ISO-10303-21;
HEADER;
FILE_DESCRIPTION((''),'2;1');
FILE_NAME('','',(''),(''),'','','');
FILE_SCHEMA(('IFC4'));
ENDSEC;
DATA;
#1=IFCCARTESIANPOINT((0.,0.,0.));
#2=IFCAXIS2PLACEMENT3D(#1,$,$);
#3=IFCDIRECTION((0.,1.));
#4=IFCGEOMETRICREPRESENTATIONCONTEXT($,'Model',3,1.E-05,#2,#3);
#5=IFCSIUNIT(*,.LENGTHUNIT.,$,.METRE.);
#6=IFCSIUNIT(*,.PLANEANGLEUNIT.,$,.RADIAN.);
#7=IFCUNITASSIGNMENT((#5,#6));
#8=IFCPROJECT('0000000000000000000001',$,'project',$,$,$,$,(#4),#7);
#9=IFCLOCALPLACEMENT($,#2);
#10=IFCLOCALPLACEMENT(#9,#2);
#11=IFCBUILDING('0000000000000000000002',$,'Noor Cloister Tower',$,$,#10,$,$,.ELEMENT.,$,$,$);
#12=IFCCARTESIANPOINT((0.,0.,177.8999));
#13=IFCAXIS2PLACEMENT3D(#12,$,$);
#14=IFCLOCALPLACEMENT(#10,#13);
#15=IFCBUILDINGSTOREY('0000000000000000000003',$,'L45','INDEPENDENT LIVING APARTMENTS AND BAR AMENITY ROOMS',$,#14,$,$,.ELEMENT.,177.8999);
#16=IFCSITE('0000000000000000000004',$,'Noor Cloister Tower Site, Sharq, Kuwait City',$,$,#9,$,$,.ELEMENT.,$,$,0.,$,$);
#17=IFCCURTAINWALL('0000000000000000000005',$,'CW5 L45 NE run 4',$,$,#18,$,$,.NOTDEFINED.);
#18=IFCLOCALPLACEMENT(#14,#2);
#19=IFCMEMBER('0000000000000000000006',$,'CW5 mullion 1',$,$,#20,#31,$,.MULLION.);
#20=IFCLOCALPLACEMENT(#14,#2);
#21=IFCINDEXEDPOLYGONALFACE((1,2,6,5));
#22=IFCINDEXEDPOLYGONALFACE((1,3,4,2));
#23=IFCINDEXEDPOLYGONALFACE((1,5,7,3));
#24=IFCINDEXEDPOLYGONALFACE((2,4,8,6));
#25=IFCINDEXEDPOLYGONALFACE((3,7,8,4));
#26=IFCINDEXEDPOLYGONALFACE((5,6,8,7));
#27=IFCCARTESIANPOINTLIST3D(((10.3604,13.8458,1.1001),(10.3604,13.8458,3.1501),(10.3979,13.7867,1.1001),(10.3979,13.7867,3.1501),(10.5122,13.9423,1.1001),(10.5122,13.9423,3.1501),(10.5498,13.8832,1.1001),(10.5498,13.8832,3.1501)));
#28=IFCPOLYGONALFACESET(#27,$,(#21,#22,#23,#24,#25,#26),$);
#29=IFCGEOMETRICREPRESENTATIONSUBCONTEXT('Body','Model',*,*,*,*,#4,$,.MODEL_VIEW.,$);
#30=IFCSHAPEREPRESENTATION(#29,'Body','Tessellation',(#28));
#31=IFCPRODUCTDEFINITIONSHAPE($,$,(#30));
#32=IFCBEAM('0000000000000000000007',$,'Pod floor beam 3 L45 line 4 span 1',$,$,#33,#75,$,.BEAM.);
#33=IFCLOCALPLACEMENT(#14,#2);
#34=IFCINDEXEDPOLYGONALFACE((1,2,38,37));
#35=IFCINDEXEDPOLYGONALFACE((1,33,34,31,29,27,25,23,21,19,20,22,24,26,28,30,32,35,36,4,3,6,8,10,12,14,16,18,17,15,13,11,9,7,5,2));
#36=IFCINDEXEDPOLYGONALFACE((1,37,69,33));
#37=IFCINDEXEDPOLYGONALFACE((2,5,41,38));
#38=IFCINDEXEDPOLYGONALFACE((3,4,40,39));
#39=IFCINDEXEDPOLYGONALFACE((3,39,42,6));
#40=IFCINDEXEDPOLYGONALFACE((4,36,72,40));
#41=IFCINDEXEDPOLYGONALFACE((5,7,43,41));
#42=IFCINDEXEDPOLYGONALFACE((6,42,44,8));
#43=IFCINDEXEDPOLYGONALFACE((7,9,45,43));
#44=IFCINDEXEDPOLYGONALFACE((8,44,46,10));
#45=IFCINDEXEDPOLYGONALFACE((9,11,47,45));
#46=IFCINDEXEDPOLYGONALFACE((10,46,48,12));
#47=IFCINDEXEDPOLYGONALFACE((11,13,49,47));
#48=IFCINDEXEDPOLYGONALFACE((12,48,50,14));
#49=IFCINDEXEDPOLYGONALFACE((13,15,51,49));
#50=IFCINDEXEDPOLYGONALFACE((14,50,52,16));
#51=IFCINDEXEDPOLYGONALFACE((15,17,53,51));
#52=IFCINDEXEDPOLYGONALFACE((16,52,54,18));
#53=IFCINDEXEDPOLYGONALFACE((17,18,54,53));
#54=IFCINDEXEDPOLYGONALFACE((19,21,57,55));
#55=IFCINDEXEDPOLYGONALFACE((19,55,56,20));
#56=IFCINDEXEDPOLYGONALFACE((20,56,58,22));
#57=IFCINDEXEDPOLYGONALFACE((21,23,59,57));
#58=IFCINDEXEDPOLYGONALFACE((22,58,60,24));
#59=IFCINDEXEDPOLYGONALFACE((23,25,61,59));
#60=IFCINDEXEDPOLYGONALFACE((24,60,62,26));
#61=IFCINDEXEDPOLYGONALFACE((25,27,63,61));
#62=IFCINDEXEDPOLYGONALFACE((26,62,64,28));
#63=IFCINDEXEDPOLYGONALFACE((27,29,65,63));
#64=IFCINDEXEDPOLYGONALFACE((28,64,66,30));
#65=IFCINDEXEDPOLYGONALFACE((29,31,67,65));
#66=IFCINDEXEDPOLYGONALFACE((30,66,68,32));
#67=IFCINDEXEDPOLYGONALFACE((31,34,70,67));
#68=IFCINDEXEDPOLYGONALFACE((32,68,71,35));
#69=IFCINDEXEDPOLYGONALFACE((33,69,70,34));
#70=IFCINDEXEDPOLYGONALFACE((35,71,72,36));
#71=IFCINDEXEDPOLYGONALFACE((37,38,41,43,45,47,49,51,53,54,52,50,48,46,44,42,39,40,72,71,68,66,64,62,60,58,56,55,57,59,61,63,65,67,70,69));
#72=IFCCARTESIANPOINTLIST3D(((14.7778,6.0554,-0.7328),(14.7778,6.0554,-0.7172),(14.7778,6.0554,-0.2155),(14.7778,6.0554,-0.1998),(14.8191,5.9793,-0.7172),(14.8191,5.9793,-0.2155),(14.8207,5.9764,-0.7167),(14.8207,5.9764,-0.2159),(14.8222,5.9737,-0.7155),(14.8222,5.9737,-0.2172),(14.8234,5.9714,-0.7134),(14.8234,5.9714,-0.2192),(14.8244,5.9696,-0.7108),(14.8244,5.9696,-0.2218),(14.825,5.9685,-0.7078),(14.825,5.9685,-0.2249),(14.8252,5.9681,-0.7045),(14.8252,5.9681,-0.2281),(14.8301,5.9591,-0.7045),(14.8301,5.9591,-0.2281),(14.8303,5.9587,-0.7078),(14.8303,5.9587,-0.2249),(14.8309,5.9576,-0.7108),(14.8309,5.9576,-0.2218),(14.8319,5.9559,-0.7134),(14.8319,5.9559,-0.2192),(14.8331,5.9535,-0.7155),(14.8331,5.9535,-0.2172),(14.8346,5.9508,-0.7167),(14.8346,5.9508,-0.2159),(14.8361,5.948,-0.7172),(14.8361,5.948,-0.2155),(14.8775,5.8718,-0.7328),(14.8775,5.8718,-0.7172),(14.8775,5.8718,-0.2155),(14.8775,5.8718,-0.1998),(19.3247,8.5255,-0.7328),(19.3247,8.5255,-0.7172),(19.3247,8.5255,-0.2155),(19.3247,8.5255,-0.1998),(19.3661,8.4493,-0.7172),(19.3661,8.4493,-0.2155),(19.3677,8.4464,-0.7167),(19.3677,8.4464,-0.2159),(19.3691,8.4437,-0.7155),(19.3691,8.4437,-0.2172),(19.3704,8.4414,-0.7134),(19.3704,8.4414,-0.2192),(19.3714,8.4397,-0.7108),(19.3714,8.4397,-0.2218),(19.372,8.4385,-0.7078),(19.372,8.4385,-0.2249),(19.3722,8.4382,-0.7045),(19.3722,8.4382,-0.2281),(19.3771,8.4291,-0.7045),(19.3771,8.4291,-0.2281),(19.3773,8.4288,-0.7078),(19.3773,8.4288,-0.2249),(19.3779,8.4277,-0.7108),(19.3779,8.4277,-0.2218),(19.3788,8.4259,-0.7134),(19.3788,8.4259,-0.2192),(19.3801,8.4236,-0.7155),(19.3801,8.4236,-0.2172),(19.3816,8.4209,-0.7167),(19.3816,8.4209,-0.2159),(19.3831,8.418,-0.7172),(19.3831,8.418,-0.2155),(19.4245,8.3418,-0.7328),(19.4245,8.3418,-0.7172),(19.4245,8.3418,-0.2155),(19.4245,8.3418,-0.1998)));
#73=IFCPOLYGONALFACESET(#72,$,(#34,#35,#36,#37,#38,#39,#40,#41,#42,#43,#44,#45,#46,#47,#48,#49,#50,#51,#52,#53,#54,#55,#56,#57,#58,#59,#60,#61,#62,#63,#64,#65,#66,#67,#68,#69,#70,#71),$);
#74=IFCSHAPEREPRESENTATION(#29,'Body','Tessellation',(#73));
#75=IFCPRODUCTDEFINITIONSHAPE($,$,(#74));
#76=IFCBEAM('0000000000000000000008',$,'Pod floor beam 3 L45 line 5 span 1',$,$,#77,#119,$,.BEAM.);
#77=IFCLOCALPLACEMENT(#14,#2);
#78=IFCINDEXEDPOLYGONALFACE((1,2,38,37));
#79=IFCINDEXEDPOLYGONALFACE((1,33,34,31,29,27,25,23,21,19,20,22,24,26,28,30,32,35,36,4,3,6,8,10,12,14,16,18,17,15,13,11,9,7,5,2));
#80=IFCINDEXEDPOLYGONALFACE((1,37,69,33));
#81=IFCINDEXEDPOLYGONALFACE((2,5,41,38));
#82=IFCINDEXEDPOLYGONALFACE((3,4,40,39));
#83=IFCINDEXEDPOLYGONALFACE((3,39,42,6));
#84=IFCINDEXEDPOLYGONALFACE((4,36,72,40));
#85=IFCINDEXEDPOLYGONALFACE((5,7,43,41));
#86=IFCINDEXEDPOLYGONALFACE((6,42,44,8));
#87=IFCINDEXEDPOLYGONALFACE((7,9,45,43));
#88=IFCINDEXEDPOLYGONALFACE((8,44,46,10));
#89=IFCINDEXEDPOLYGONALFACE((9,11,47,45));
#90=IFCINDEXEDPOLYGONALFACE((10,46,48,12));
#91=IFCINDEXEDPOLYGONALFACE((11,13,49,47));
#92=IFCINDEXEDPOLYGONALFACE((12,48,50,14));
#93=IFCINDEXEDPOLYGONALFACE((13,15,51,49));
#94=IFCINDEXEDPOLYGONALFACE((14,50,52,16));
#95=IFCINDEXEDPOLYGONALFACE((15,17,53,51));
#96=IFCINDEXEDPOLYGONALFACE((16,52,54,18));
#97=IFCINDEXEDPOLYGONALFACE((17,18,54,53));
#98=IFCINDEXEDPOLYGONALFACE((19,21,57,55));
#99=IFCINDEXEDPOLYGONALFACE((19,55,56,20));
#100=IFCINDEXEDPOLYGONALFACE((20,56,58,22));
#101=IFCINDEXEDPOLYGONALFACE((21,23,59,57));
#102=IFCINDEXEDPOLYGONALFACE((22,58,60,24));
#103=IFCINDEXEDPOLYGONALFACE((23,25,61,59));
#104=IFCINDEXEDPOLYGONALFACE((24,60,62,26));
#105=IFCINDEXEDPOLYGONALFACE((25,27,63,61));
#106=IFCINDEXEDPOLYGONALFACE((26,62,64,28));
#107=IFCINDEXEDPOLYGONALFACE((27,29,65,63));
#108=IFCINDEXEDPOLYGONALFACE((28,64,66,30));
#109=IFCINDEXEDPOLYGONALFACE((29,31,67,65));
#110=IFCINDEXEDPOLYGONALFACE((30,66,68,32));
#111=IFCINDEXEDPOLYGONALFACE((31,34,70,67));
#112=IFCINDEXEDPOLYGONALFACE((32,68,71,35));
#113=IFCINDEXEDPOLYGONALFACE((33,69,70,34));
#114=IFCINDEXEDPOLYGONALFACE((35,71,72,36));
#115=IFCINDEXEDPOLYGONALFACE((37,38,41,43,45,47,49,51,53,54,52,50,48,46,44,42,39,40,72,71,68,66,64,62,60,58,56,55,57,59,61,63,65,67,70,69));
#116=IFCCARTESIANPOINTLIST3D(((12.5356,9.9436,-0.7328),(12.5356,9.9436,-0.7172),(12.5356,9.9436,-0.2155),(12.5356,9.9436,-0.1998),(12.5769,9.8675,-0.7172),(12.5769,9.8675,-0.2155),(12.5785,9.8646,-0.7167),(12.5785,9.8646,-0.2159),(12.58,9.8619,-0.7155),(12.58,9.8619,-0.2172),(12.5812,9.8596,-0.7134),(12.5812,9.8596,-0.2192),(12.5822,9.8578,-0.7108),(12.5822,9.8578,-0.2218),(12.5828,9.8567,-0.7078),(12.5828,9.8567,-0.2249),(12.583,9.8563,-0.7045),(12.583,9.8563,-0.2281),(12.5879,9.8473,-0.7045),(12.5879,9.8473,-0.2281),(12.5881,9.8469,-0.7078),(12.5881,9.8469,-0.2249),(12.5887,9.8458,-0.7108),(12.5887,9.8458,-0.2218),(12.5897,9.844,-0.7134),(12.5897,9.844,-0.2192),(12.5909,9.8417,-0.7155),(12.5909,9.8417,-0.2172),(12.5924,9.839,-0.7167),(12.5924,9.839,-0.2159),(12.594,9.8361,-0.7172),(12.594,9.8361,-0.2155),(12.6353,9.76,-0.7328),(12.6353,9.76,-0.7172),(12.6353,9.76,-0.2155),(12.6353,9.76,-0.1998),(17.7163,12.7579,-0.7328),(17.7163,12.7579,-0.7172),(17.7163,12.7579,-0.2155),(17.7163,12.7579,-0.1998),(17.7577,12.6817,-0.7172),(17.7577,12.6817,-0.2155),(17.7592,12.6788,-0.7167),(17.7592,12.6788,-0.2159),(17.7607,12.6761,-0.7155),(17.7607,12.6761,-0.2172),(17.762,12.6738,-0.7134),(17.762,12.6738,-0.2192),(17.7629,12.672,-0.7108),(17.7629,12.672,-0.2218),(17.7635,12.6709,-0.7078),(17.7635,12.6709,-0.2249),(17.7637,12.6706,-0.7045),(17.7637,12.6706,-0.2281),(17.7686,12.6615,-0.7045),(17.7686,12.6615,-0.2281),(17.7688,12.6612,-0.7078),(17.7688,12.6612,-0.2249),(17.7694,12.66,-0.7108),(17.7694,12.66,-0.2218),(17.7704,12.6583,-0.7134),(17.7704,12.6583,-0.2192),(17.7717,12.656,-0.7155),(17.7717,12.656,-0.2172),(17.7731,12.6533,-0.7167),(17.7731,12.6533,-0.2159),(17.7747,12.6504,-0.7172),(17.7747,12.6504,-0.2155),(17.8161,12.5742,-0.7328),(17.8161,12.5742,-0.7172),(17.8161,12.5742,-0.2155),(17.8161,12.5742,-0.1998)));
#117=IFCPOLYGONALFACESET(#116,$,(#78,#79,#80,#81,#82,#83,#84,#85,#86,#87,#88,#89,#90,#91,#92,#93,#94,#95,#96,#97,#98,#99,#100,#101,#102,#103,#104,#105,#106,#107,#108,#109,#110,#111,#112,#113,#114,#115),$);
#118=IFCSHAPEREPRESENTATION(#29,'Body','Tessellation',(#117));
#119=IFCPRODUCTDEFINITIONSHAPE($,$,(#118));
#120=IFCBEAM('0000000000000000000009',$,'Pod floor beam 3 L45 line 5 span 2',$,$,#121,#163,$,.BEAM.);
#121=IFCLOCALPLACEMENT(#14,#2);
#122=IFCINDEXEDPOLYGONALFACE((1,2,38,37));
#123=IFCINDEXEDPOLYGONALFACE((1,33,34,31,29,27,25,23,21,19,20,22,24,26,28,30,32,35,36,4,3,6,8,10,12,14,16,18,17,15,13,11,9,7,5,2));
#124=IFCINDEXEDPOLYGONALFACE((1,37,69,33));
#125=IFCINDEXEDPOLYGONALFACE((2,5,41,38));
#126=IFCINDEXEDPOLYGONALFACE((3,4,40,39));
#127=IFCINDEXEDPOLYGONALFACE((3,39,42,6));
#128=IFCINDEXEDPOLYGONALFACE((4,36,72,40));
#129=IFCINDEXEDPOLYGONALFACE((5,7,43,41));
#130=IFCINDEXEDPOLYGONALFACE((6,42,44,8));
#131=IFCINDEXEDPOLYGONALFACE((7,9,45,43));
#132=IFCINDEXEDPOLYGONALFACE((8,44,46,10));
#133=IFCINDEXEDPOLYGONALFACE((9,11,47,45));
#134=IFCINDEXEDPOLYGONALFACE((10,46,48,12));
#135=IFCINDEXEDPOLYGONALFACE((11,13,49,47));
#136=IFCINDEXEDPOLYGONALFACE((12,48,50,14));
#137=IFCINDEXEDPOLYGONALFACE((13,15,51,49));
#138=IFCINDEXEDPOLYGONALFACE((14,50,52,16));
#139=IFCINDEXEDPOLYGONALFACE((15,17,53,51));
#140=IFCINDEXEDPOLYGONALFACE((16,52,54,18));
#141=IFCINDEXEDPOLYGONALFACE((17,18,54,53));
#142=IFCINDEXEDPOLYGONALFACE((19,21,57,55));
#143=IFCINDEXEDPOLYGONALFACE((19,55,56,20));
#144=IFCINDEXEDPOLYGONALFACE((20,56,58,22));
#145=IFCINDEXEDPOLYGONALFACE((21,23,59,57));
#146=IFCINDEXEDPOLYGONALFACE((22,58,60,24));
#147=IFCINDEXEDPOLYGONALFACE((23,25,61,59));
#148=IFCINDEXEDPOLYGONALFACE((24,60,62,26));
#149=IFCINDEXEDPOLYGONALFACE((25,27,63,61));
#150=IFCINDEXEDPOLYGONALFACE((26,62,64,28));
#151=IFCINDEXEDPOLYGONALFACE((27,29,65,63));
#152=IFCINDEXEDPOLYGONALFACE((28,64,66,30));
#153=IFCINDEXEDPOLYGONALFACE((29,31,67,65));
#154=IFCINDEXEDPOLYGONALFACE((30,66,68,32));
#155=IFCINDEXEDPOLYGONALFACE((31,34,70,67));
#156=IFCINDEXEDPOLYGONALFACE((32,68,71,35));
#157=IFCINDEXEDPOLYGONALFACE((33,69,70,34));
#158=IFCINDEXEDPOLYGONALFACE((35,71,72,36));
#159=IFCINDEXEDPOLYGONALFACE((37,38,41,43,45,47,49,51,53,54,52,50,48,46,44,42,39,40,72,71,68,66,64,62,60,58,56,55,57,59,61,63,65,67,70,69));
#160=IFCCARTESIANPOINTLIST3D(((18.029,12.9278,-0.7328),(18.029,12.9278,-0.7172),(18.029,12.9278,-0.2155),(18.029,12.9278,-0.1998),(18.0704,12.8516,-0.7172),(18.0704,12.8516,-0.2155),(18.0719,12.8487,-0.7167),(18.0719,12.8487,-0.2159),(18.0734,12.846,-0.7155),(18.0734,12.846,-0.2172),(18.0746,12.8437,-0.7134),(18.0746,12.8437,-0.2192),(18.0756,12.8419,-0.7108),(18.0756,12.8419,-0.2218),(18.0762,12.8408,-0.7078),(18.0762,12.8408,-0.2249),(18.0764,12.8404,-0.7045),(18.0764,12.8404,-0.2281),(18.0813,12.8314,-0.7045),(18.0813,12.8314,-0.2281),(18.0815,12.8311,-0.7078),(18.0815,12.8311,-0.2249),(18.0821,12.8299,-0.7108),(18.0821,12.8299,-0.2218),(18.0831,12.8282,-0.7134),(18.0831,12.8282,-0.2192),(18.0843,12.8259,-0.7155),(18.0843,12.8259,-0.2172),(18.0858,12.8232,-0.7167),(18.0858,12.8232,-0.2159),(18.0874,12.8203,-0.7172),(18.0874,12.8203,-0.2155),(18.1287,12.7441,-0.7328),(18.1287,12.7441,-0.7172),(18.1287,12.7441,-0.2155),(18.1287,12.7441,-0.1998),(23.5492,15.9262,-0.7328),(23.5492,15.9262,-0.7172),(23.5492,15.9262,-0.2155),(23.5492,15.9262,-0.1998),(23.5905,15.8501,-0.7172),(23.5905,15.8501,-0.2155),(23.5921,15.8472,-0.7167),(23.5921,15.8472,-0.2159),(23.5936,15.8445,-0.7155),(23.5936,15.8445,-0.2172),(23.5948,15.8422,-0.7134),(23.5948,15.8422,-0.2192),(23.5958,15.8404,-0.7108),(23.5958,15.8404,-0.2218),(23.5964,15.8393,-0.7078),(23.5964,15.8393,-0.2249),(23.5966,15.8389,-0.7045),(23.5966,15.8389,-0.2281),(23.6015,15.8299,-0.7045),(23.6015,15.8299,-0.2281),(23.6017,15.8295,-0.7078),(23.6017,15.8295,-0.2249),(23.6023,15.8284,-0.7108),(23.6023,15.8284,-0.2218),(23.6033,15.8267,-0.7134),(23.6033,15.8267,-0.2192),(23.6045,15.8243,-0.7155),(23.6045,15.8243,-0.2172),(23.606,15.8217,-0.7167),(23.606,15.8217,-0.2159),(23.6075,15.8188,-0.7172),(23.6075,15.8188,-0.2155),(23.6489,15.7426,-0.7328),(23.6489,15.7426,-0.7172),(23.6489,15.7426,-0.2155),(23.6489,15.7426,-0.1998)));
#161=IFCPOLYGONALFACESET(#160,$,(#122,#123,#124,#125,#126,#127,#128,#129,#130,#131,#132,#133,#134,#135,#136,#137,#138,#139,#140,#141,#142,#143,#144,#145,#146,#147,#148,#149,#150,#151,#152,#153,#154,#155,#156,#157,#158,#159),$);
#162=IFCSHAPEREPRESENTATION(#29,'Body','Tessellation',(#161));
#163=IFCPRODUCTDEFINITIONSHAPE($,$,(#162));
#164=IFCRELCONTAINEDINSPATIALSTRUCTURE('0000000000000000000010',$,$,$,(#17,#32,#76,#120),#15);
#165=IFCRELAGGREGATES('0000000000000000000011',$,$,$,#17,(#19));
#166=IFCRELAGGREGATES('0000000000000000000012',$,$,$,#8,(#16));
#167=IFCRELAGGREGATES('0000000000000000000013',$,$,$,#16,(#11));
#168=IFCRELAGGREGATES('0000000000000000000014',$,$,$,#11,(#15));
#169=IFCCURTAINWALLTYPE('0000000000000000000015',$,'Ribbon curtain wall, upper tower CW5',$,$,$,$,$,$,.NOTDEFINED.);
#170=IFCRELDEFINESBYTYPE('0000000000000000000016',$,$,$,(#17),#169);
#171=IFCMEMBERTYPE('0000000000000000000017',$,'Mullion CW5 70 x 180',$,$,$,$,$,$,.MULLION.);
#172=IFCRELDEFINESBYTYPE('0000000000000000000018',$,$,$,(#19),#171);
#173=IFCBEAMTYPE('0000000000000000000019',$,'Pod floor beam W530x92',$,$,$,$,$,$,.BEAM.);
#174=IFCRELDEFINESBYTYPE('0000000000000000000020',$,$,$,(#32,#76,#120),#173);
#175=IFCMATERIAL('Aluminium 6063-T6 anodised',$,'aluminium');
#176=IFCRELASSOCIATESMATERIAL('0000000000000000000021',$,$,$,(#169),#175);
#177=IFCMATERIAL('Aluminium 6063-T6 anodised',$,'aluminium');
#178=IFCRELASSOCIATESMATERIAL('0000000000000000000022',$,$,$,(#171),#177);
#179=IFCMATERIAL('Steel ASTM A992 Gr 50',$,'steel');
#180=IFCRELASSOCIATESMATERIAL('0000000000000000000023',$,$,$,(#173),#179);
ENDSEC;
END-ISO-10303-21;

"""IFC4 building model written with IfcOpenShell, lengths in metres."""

from ifc_helpers import new_model, si_unit, direction, frame, origin, origin_2d, place, context, subcontext, project, spatial, rectangle, i_section, extrude, material, material_profile, profile_set, type_object, element, aggregate, save


model = new_model("IFC4")

# Units and contexts
model_context = context("Model", 3, precision=1e-05, world=origin(), true_north=direction((0.0, 1.0)))
body_context = subcontext(model_context, "Body", "Model", "MODEL_VIEW")
ifc_project = project(units=[si_unit("LENGTHUNIT", "METRE"), si_unit("PLANEANGLEUNIT", "RADIAN")], contexts=[model_context])

# Site, building, storey
site_placement = place(None, origin())
site = spatial("IfcSite", under=ifc_project, at=site_placement, Name="Noor Cloister Tower Site, Sharq, Kuwait City", CompositionType="ELEMENT", RefElevation=0.0)
building_placement = place(site_placement, origin())
building = spatial("IfcBuilding", under=site, at=building_placement, Name="Noor Cloister Tower", CompositionType="ELEMENT")
storey_placement = place(building_placement, frame((0.0, 0.0, 177.8999)))
storey = spatial("IfcBuildingStorey", under=building, at=storey_placement, Name="L45", Description="INDEPENDENT LIVING APARTMENTS AND BAR AMENITY ROOMS", CompositionType="ELEMENT", Elevation=177.8999)

# Curtain wall, member
ifc_material_1 = material(Name="Aluminium 6063-T6 anodised", Category="aluminium")
curtain_wall_type_1 = type_object("IfcCurtainWallType", Name="Ribbon curtain wall, upper tower CW5", PredefinedType="NOTDEFINED", material=ifc_material_1)
curtain_wall_1_placement = place(storey_placement, origin())
curtain_wall_1 = element("IfcCurtainWall", 1, at=curtain_wall_1_placement, inside=storey, type_object=curtain_wall_type_1, Name="CW5 L45 NE run 4", PredefinedType="NOTDEFINED")
ifc_material_2 = material(Name="Aluminium 6063-T6 anodised", Category="aluminium")
ifc_material_profile_1 = material_profile(ifc_material_2, rectangle(XDim=0.1799, YDim=0.0701, at=origin_2d()), Name="180 x 70 mullion")
ifc_profile_set_1 = profile_set([ifc_material_profile_1], Name="Aluminium 6063-T6 anodised")
member_type_1 = type_object("IfcMemberType", Name="Mullion CW5 70 x 180", PredefinedType="MULLION", material=ifc_profile_set_1)
member_1_placement = place(storey_placement, frame((10.4551, 13.8645, 1.1001), z_axis=(0.0, 0.0, 1.0), x_axis=(-0.844073, -0.536228, 0.0)))
member_1 = element("IfcMember", 2, at=member_1_placement, type_object=member_type_1, Name="CW5 mullion 1", PredefinedType="MULLION", context=body_context, shape_type="SweptSolid", body=[
    extrude(rectangle(XDim=0.1799, YDim=0.0701, at=origin_2d()), origin(), (0.0, 0.0, 1.0), 2.05),
])
aggregate(curtain_wall_1, [member_1])

# Beams
ifc_material_3 = material(Name="Steel ASTM A992 Gr 50", Category="steel")
ifc_material_profile_2 = material_profile(ifc_material_3, i_section(OverallWidth=0.209, OverallDepth=0.533, WebThickness=0.0103, FlangeThickness=0.0156, FilletRadius=0.0127, at=origin_2d()), Name="W530x92")
ifc_profile_set_2 = profile_set([ifc_material_profile_2], Name="Steel ASTM A992 Gr 50")
beam_type_1 = type_object("IfcBeamType", Name="Pod floor beam W530x92", PredefinedType="BEAM", material=ifc_profile_set_2)
beam_1_placement = place(storey_placement, frame((14.8276, 5.9636, -0.4663), z_axis=(0.878718, 0.477341, 0.0), x_axis=(-0.477341, 0.878718, 0.0)))
element("IfcBeam", 3, at=beam_1_placement, inside=storey, type_object=beam_type_1, Name="Pod floor beam 3 L45 line 4 span 1", PredefinedType="BEAM", context=body_context, shape_type="SweptSolid", body=[
    extrude(i_section(OverallWidth=0.209, OverallDepth=0.533, WebThickness=0.0103, FlangeThickness=0.0156, FilletRadius=0.0127, at=origin_2d()), origin(), (0.0, 0.0, 1.0), 5.1746),
])
beam_2_placement = place(storey_placement, frame((12.5854, 9.8518, -0.4663), z_axis=(0.878722, 0.477334, 0.0), x_axis=(-0.477334, 0.878722, 0.0)))
element("IfcBeam", 4, at=beam_2_placement, inside=storey, type_object=beam_type_1, Name="Pod floor beam 3 L45 line 5 span 1", PredefinedType="BEAM", context=body_context, shape_type="SweptSolid", body=[
    extrude(i_section(OverallWidth=0.209, OverallDepth=0.533, WebThickness=0.0103, FlangeThickness=0.0156, FilletRadius=0.0127, at=origin_2d()), origin(), (0.0, 0.0, 1.0), 5.8958),
])
beam_3_placement = place(storey_placement, frame((18.0789, 12.8359, -0.4663), z_axis=(0.878732, 0.477316, 0.0), x_axis=(-0.477316, 0.878732, 0.0)))
element("IfcBeam", 5, at=beam_3_placement, inside=storey, type_object=beam_type_1, Name="Pod floor beam 3 L45 line 5 span 2", PredefinedType="BEAM", context=body_context, shape_type="SweptSolid", body=[
    extrude(i_section(OverallWidth=0.209, OverallDepth=0.533, WebThickness=0.0103, FlangeThickness=0.0156, FilletRadius=0.0127, at=origin_2d()), origin(), (0.0, 0.0, 1.0), 6.282),
])

save(model, "model.ifc")
